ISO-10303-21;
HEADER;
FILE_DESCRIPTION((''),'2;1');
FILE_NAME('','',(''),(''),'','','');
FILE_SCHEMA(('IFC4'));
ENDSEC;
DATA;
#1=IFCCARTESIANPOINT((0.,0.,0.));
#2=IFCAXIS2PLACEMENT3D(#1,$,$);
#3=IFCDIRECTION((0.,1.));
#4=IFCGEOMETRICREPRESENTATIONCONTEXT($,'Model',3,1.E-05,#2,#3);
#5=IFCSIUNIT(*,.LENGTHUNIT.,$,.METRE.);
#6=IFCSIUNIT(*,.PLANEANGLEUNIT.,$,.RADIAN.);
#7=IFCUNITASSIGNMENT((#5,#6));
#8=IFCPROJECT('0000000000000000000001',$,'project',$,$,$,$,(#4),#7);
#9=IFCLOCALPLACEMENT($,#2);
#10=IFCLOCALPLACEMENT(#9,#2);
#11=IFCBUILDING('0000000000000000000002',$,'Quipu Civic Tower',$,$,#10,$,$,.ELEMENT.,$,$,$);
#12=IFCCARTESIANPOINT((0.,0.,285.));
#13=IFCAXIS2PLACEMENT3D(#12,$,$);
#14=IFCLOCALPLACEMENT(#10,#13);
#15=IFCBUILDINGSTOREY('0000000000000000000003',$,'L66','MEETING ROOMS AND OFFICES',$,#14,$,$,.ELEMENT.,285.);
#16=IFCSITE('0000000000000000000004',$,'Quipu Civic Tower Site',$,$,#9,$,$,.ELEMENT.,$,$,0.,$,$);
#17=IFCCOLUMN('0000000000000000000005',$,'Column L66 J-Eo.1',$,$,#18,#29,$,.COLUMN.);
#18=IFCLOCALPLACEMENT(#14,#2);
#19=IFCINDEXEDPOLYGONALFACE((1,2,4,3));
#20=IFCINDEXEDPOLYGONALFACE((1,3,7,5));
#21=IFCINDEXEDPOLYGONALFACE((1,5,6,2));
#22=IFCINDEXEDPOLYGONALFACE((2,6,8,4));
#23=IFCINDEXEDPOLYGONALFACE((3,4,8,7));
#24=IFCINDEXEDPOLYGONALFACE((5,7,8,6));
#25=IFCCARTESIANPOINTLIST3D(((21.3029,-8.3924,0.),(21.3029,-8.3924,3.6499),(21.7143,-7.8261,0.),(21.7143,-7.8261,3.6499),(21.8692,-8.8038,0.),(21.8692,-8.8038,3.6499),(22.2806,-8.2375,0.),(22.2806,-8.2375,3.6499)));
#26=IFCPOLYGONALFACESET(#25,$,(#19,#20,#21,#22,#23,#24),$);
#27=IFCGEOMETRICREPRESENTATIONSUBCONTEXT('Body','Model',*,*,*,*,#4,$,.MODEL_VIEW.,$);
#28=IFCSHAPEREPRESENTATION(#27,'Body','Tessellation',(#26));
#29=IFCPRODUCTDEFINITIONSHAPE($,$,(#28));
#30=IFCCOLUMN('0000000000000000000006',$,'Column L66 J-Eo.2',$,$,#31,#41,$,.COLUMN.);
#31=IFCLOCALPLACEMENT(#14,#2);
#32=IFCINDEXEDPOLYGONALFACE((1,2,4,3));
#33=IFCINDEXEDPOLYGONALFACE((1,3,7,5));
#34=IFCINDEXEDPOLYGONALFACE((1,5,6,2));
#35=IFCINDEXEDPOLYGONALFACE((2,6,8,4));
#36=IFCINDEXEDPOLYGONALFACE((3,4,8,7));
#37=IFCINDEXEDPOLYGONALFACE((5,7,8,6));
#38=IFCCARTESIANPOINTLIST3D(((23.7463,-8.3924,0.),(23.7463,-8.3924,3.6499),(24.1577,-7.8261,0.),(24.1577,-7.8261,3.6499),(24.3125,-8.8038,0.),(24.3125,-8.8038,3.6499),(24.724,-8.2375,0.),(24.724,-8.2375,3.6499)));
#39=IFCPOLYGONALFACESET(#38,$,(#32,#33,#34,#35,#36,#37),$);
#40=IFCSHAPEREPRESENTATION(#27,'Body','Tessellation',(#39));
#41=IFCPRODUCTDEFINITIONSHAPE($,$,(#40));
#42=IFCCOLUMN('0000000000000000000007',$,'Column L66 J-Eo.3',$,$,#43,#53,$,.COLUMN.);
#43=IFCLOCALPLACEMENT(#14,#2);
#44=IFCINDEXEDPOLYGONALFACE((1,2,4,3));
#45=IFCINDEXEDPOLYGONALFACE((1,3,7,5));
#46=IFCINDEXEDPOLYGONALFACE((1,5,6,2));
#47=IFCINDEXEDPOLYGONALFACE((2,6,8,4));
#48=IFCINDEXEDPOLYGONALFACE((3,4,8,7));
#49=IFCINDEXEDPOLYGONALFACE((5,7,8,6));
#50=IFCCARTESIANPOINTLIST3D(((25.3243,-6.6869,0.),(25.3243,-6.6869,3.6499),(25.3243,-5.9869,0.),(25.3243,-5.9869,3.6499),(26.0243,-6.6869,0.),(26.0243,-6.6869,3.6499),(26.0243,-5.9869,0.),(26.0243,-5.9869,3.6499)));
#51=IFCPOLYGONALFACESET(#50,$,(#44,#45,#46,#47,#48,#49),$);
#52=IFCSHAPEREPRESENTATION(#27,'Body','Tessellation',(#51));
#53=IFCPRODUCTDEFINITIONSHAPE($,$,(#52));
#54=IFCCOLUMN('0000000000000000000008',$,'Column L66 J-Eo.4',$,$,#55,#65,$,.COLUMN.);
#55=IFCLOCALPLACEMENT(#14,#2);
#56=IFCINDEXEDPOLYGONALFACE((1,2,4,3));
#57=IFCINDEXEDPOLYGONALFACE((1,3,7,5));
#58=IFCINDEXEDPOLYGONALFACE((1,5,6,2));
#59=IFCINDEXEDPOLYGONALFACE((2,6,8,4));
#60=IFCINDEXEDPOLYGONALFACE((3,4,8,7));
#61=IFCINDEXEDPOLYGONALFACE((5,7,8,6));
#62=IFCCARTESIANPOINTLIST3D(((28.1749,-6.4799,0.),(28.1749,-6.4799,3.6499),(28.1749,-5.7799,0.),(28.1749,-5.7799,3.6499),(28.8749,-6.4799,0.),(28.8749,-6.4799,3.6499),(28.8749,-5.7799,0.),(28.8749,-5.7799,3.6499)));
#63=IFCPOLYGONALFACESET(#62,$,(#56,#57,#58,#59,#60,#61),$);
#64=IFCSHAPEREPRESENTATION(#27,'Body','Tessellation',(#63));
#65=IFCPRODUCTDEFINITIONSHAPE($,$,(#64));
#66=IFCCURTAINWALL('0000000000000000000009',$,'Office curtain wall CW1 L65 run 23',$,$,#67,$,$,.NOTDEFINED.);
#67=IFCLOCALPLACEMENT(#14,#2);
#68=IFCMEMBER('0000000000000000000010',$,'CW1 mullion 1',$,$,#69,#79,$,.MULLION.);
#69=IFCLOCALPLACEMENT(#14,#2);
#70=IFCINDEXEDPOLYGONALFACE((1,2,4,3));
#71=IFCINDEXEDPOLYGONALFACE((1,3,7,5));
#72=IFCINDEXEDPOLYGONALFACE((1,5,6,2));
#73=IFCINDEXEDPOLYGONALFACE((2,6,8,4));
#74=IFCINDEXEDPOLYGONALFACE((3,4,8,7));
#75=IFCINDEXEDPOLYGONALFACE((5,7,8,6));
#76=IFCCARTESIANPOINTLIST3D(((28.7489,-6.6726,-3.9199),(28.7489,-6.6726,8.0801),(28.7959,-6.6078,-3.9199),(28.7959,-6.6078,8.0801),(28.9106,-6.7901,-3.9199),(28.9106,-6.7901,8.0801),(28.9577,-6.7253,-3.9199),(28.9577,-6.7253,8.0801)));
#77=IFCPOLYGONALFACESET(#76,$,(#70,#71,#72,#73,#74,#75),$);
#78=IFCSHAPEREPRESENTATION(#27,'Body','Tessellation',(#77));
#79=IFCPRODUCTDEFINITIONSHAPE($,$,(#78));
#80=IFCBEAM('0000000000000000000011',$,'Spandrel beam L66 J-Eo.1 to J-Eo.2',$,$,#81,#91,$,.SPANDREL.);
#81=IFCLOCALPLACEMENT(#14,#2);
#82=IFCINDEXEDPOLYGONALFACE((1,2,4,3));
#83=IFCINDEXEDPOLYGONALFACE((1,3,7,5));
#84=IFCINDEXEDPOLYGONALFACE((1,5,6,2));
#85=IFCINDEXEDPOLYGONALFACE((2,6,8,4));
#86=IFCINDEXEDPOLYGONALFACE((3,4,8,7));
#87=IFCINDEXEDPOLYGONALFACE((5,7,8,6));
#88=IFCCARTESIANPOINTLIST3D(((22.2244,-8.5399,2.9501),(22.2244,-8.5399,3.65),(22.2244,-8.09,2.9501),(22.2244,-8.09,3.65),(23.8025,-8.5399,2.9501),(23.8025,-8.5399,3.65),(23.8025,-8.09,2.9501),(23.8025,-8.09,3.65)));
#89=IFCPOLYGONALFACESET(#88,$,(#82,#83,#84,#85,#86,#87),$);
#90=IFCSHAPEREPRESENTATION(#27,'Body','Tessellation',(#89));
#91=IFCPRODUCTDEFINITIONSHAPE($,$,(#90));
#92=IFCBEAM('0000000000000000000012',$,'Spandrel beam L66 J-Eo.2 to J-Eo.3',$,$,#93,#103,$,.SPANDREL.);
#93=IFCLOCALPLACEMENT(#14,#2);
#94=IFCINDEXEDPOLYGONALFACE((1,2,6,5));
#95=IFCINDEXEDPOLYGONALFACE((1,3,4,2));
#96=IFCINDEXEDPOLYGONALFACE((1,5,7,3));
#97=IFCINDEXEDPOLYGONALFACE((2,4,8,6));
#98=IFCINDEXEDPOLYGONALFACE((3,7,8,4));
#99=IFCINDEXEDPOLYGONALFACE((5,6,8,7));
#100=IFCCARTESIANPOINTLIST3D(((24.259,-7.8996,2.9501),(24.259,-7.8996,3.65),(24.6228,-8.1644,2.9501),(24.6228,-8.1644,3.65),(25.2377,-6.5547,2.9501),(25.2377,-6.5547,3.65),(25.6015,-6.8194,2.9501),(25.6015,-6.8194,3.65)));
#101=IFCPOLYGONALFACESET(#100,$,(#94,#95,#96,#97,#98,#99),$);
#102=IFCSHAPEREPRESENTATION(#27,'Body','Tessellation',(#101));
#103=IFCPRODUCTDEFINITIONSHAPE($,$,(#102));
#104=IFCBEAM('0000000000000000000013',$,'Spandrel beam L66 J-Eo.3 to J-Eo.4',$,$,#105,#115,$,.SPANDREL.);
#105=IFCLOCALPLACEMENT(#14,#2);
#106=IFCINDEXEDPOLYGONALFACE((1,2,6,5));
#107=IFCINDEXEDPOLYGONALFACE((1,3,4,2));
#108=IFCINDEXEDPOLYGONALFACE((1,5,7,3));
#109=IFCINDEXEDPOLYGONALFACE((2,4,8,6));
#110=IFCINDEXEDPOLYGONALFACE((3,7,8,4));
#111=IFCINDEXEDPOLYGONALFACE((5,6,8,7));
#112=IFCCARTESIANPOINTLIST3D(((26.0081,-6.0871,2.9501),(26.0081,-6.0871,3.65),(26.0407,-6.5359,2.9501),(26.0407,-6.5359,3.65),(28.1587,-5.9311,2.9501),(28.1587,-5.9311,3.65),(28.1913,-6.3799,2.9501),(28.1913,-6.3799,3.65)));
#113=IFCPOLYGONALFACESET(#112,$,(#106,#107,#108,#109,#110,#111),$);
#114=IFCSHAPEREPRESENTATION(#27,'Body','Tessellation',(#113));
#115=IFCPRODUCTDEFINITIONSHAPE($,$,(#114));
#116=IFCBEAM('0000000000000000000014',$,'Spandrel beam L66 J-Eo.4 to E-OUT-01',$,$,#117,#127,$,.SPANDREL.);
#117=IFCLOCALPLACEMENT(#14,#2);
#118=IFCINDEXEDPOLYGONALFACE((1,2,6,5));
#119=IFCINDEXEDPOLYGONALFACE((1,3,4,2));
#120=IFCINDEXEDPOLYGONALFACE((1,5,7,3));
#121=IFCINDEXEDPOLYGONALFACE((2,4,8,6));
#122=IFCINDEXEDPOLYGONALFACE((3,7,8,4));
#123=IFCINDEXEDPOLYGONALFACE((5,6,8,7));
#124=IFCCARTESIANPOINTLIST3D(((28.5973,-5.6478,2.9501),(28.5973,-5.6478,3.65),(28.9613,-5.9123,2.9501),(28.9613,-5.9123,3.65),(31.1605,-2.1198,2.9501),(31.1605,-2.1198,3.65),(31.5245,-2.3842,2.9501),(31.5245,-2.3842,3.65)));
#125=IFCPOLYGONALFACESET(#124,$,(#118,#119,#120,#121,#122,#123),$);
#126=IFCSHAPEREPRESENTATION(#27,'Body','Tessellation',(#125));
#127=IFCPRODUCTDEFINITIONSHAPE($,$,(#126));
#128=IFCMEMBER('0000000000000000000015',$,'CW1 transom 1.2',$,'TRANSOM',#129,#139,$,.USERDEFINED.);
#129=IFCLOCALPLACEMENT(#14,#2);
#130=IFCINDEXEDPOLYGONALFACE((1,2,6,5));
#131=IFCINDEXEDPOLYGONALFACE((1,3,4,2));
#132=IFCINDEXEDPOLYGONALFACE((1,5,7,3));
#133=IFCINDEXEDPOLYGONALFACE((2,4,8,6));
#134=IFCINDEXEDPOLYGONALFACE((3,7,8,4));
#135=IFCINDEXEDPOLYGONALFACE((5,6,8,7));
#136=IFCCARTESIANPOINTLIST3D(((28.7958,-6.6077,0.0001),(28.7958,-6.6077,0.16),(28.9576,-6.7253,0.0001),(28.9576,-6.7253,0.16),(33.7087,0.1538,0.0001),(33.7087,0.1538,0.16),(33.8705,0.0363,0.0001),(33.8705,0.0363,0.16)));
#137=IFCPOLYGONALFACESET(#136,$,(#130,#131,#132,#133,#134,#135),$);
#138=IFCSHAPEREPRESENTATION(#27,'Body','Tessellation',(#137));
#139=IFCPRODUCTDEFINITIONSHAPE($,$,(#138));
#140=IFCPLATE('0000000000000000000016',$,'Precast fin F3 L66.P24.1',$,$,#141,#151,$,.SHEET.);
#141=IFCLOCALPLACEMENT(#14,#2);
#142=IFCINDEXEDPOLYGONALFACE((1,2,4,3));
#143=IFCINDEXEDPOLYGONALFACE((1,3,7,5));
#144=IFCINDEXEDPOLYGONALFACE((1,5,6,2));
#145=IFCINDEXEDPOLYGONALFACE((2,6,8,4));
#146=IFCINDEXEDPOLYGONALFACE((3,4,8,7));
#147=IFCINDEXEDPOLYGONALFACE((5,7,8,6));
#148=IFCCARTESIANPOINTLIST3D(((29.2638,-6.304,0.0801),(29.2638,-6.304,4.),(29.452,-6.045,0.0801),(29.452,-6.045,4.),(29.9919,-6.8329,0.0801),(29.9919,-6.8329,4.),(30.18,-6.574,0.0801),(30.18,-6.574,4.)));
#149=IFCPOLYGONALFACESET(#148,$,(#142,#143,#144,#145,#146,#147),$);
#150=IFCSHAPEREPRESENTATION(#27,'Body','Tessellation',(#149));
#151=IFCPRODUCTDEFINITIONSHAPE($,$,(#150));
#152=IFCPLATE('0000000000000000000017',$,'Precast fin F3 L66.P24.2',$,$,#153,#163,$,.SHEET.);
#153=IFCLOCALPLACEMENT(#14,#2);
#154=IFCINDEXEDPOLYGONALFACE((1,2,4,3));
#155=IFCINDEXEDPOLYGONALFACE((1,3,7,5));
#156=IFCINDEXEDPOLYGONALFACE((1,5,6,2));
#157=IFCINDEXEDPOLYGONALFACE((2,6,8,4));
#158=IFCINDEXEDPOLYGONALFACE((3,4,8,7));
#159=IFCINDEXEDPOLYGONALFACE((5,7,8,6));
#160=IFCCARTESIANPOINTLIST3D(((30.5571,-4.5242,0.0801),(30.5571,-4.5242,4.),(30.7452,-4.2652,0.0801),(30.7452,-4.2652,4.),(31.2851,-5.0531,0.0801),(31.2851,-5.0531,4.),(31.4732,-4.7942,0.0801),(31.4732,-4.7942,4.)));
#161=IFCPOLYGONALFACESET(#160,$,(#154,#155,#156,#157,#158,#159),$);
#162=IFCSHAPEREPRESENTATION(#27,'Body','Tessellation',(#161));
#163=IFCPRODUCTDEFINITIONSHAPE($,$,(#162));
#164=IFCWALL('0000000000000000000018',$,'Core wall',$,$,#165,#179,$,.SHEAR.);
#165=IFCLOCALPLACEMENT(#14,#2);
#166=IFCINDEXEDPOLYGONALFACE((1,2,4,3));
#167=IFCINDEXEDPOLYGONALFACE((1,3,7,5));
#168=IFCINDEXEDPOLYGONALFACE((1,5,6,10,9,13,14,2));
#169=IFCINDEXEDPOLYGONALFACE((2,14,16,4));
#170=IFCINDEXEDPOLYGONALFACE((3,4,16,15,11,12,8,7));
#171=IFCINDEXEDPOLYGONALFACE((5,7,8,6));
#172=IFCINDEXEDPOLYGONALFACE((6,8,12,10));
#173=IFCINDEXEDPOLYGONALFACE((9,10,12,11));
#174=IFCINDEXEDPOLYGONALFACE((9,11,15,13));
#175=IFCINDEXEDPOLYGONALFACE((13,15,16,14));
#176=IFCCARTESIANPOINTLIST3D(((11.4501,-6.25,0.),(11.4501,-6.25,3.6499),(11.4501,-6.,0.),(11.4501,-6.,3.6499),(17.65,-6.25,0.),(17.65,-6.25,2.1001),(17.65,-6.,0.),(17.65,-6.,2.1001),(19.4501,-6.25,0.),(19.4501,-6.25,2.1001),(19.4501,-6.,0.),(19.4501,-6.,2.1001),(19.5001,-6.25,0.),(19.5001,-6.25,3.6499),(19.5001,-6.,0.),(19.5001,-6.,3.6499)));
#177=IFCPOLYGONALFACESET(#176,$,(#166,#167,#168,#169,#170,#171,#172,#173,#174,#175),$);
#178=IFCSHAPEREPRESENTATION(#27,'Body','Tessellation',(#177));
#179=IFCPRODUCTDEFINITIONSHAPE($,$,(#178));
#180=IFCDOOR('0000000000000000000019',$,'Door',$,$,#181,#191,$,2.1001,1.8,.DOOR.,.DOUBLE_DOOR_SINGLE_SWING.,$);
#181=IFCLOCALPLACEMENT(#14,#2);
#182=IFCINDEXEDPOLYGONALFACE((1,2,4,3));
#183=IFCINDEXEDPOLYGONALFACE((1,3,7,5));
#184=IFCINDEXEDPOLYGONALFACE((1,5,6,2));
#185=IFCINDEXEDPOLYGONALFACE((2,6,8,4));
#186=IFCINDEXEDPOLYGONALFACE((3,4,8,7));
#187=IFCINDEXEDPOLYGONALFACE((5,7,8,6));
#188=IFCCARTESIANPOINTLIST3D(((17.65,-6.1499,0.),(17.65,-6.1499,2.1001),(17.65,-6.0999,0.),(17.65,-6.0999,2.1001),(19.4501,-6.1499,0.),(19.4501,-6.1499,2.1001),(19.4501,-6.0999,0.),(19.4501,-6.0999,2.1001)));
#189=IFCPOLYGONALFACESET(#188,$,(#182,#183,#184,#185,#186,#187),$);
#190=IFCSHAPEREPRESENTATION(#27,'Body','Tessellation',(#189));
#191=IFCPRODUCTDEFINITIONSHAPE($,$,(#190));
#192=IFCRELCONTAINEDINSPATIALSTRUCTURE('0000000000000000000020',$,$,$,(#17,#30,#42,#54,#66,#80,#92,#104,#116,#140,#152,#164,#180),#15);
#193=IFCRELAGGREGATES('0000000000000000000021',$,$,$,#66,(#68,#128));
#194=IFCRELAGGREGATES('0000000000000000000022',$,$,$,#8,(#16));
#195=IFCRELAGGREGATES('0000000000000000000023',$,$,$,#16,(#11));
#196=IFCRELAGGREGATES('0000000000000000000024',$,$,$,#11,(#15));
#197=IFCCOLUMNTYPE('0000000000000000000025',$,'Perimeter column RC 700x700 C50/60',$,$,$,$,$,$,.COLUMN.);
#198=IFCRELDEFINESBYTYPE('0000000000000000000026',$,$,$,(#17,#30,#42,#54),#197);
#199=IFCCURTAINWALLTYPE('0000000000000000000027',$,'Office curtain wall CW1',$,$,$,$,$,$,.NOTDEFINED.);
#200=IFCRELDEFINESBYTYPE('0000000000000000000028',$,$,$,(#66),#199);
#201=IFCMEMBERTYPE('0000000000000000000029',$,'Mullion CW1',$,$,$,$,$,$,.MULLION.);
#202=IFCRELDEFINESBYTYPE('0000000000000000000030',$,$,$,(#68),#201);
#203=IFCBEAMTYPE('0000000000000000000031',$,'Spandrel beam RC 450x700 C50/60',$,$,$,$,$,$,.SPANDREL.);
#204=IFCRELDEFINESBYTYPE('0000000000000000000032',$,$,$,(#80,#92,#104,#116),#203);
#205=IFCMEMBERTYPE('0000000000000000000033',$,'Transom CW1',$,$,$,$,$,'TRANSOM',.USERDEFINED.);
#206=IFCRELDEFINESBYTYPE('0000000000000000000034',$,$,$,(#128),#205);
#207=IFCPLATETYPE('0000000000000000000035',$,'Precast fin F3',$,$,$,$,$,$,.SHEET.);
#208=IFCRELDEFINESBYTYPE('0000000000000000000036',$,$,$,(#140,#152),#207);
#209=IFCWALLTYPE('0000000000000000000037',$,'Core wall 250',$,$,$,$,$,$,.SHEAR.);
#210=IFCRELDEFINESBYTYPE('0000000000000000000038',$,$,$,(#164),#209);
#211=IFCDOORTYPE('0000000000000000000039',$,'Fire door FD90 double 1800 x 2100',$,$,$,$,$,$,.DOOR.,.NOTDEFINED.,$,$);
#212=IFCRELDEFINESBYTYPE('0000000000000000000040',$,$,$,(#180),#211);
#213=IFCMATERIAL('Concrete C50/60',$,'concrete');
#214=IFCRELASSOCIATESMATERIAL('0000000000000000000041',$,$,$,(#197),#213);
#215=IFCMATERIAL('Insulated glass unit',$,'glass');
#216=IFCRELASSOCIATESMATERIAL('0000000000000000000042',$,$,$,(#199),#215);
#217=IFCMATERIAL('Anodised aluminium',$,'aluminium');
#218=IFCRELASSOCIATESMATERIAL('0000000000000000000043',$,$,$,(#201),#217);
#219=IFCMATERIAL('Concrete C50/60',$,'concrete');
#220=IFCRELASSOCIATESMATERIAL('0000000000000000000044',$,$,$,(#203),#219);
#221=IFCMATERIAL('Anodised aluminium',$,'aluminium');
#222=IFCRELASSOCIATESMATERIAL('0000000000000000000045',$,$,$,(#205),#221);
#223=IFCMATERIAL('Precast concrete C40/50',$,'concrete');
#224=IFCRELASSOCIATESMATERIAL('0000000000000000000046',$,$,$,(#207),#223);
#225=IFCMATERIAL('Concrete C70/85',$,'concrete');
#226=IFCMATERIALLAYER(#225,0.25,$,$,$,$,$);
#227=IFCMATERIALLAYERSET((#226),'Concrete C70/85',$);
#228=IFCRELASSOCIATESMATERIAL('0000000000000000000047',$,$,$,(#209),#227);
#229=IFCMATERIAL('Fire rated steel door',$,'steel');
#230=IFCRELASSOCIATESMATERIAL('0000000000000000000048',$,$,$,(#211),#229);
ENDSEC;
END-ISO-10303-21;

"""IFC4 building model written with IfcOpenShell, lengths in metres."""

from ifc_helpers import new_model, si_unit, direction, frame, frame_2d, origin, origin_2d, place, context, subcontext, project, spatial, rectangle, extrude, material, layer, layer_set, material_profile, profile_set, type_object, element, fill, aggregate, save


model = new_model("IFC4")

# Units and contexts
model_context = context("Model", 3, precision=1e-05, world=origin(), true_north=direction((0.0, 1.0)))
body_context = subcontext(model_context, "Body", "Model", "MODEL_VIEW")
ifc_project = project(units=[si_unit("LENGTHUNIT", "METRE"), si_unit("PLANEANGLEUNIT", "RADIAN")], contexts=[model_context])

# Site, building, storey
site_placement = place(None, origin())
site = spatial("IfcSite", under=ifc_project, at=site_placement, Name="Quipu Civic Tower Site", CompositionType="ELEMENT", RefElevation=0.0)
building_placement = place(site_placement, origin())
building = spatial("IfcBuilding", under=site, at=building_placement, Name="Quipu Civic Tower", CompositionType="ELEMENT")
storey_placement = place(building_placement, frame((0.0, 0.0, 285.0)))
storey = spatial("IfcBuildingStorey", under=building, at=storey_placement, Name="L66", Description="MEETING ROOMS AND OFFICES", CompositionType="ELEMENT", Elevation=285.0)

# Columns
ifc_material_1 = material(Name="Concrete C50/60", Category="concrete")
ifc_material_profile_1 = material_profile(ifc_material_1, rectangle(XDim=0.7, YDim=0.7, at=origin_2d()), Name="RC700x700")
ifc_profile_set_1 = profile_set([ifc_material_profile_1], Name="Concrete C50/60")
column_type = type_object("IfcColumnType", Name="Perimeter column RC 700x700 C50/60", PredefinedType="COLUMN", material=ifc_profile_set_1)
for number, where, z_axis, x_axis, name in (
    (1, (21.7917, -8.3149, 0.0), (0.0, 0.0, 1.0), (0.587785, 0.809017, 0.0), "Column L66 J-Eo.1"),
    (2, (24.2351, -8.3149, 0.0), (0.0, 0.0, 1.0), (0.587785, 0.809017, 0.0), "Column L66 J-Eo.2"),
    (3, (25.6743, -6.3369, 0.0), (0.0, 0.0, 1.0), (1.0, 0.0, 0.0), "Column L66 J-Eo.3"),
    (4, (28.5249, -6.1299, 0.0), (0.0, 0.0, 1.0), (1.0, 0.0, 0.0), "Column L66 J-Eo.4"),
):
    element("IfcColumn", number, at=place(storey_placement, frame(where, z_axis=z_axis, x_axis=x_axis)), inside=storey, type_object=column_type, Name=name, PredefinedType="COLUMN", context=body_context, shape_type="SweptSolid", body=[
        extrude(rectangle(XDim=0.7, YDim=0.7, at=origin_2d()), origin(), (0.0, 0.0, 1.0), 3.6499),
    ])

# Curtain wall, member
ifc_material_2 = material(Name="Insulated glass unit", Category="glass")
curtain_wall_type = type_object("IfcCurtainWallType", Name="Office curtain wall CW1", PredefinedType="NOTDEFINED", material=ifc_material_2)
curtain_wall_placement = place(storey_placement, origin())
curtain_wall = element("IfcCurtainWall", 5, at=curtain_wall_placement, inside=storey, type_object=curtain_wall_type, Name="Office curtain wall CW1 L65 run 23", PredefinedType="NOTDEFINED")
ifc_material_3 = material(Name="Anodised aluminium", Category="aluminium")
ifc_material_profile_2 = material_profile(ifc_material_3, rectangle(XDim=0.2, YDim=0.0801, at=origin_2d()), Name="RECT 200x80")
ifc_profile_set_2 = profile_set([ifc_material_profile_2], Name="Anodised aluminium")
member_type_1 = type_object("IfcMemberType", Name="Mullion CW1", PredefinedType="MULLION", material=ifc_profile_set_2)
member_1_placement = place(storey_placement, frame((28.8533, -6.699, -3.9199), z_axis=(0.0, 0.0, 1.0), x_axis=(-0.809016, 0.587786, 0.0)))
member_1 = element("IfcMember", 6, at=member_1_placement, type_object=member_type_1, Name="CW1 mullion 1", PredefinedType="MULLION", context=body_context, shape_type="SweptSolid", body=[
    extrude(rectangle(XDim=0.2, YDim=0.0801, at=origin_2d()), origin(), (0.0, 0.0, 1.0), 12.0),
])

# Beams
ifc_material_4 = material(Name="Concrete C50/60", Category="concrete")
ifc_material_profile_3 = material_profile(ifc_material_4, rectangle(XDim=0.45, YDim=0.7, at=origin_2d()), Name="RC450x700")
ifc_profile_set_3 = profile_set([ifc_material_profile_3], Name="Concrete C50/60")
beam_type = type_object("IfcBeamType", Name="Spandrel beam RC 450x700 C50/60", PredefinedType="SPANDREL", material=ifc_profile_set_3)
beam_1_placement = place(storey_placement, frame((22.2244, -8.3149, 3.3), z_axis=(1.0, 0.0, 0.0), x_axis=(0.0, 1.0, 0.0)))
element("IfcBeam", 7, at=beam_1_placement, inside=storey, type_object=beam_type, Name="Spandrel beam L66 J-Eo.1 to J-Eo.2", PredefinedType="SPANDREL", context=body_context, shape_type="SweptSolid", body=[
    extrude(rectangle(XDim=0.45, YDim=0.7, at=origin_2d()), origin(), (0.0, 0.0, 1.0), 1.5781),
])
beam_2_placement = place(storey_placement, frame((24.4409, -8.032, 3.3), z_axis=(0.588407, 0.808565, 0.0), x_axis=(-0.808565, 0.588407, 0.0)))
element("IfcBeam", 8, at=beam_2_placement, inside=storey, type_object=beam_type, Name="Spandrel beam L66 J-Eo.2 to J-Eo.3", PredefinedType="SPANDREL", context=body_context, shape_type="SweptSolid", body=[
    extrude(rectangle(XDim=0.45, YDim=0.7, at=origin_2d()), origin(), (0.0, 0.0, 1.0), 1.6633),
])
beam_3_placement = place(storey_placement, frame((26.0244, -6.3115, 3.3), z_axis=(0.997379, 0.072349, 0.0), x_axis=(-0.072349, 0.997379, 0.0)))
element("IfcBeam", 9, at=beam_3_placement, inside=storey, type_object=beam_type, Name="Spandrel beam L66 J-Eo.3 to J-Eo.4", PredefinedType="SPANDREL", context=body_context, shape_type="SweptSolid", body=[
    extrude(rectangle(XDim=0.45, YDim=0.7, at=origin_2d()), origin(), (0.0, 0.0, 1.0), 2.1562),
])
beam_4_placement = place(storey_placement, frame((28.7793, -5.78, 3.3), z_axis=(0.587776, 0.809024, 0.0), x_axis=(-0.809024, 0.587776, 0.0)))
element("IfcBeam", 10, at=beam_4_placement, inside=storey, type_object=beam_type, Name="Spandrel beam L66 J-Eo.4 to E-OUT-01", PredefinedType="SPANDREL", context=body_context, shape_type="SweptSolid", body=[
    extrude(rectangle(XDim=0.45, YDim=0.7, at=origin_2d()), origin(), (0.0, 0.0, 1.0), 4.3608),
])

# Member
ifc_material_5 = material(Name="Anodised aluminium", Category="aluminium")
ifc_material_profile_4 = material_profile(ifc_material_5, rectangle(XDim=0.2, YDim=0.1599, at=origin_2d()), Name="RECT 200x160")
ifc_profile_set_4 = profile_set([ifc_material_profile_4], Name="Anodised aluminium")
member_type_2 = type_object("IfcMemberType", Name="Transom CW1", ElementType="TRANSOM", PredefinedType="USERDEFINED", material=ifc_profile_set_4)
member_2_placement = place(storey_placement, frame((28.8767, -6.6665, 0.0801), z_axis=(0.587812, 0.808997, 0.0), x_axis=(-0.808997, 0.587812, 0.0)))
member_2 = element("IfcMember", 11, at=member_2_placement, type_object=member_type_2, Name="CW1 transom 1.2", ObjectType="TRANSOM", PredefinedType="USERDEFINED", context=body_context, shape_type="SweptSolid", body=[
    extrude(rectangle(XDim=0.2, YDim=0.1599, at=origin_2d()), origin(), (0.0, 0.0, 1.0), 8.3579),
])
aggregate(curtain_wall, [member_1, member_2])

# Plates
ifc_material_6 = material(Name="Precast concrete C40/50", Category="concrete")
plate_type = type_object("IfcPlateType", Name="Precast fin F3", PredefinedType="SHEET", material=ifc_material_6)
for number, where, z_axis, x_axis, name in (
    (12, (29.7219, -6.439, 0.0801), (0.0, 0.0, 1.0), (0.587787, 0.809016, 0.0), "Precast fin F3 L66.P24.1"),
    (13, (31.0151, -4.6592, 0.0801), (0.0, 0.0, 1.0), (0.587787, 0.809016, 0.0), "Precast fin F3 L66.P24.2"),
):
    element("IfcPlate", number, at=place(storey_placement, frame(where, z_axis=z_axis, x_axis=x_axis)), inside=storey, type_object=plate_type, Name=name, PredefinedType="SHEET", context=body_context, shape_type="SweptSolid", body=[
        extrude(rectangle(XDim=0.3201, YDim=0.8999, at=origin_2d()), origin(), (0.0, 0.0, 1.0), 3.9199),
    ])

# Wall, opening, door
ifc_material_7 = material(Name="Concrete C70/85", Category="concrete")
ifc_layer_1 = layer(ifc_material_7, 0.25)
ifc_layer_set_1 = layer_set([ifc_layer_1], Name="Concrete C70/85")
wall_type_1 = type_object("IfcWallType", Name="Core wall 250", PredefinedType="SHEAR", material=ifc_layer_set_1)
wall_1_placement = place(storey_placement, frame((19.5, -6.125, 0.0), z_axis=(0.0, 0.0, 1.0), x_axis=(-1.0, 0.0, 0.0)))
wall_1 = element("IfcWall", 14, at=wall_1_placement, inside=storey, type_object=wall_type_1, Name="Core wall", PredefinedType="SHEAR", context=body_context, shape_type="SweptSolid", body=[
    extrude(rectangle(XDim=8.05, YDim=0.25, at=frame_2d((4.0249, 0.0))), origin(), (0.0, 0.0, 1.0), 3.6499),
])
opening_placement = place(wall_1_placement, frame((0.05, 0.0, 0.0)))
opening = element("IfcOpeningElement", 15, at=opening_placement, cuts=wall_1, PredefinedType="OPENING", context=body_context, shape_type="SweptSolid", body=[
    extrude(rectangle(XDim=1.8, YDim=2.1001, at=frame_2d((0.8999, 1.05))), frame((0.0, 0.135, 0.0), z_axis=(0.0, -1.0, 0.0), x_axis=(1.0, 0.0, 0.0)), (0.0, 0.0, 1.0), 0.27),
])
ifc_material_8 = material(Name="Fire rated steel door", Category="steel")
door_type = type_object("IfcDoorType", Name="Fire door FD90 double 1800 x 2100", OperationType="NOTDEFINED", PredefinedType="DOOR", material=ifc_material_8)
door_placement = place(opening_placement, origin())
door = element("IfcDoor", 16, at=door_placement, inside=storey, type_object=door_type, Name="Door", OperationType="DOUBLE_DOOR_SINGLE_SWING", OverallHeight=2.1001, OverallWidth=1.8, PredefinedType="DOOR", context=body_context, shape_type="SweptSolid", body=[
    extrude(rectangle(XDim=1.8, YDim=2.1001, at=frame_2d((0.8999, 1.05))), frame((0.0, 0.0249, 0.0), z_axis=(0.0, -1.0, 0.0), x_axis=(1.0, 0.0, 0.0)), (0.0, 0.0, 1.0), 0.05),
])
fill(opening, door)

save(model, "model.ifc")
